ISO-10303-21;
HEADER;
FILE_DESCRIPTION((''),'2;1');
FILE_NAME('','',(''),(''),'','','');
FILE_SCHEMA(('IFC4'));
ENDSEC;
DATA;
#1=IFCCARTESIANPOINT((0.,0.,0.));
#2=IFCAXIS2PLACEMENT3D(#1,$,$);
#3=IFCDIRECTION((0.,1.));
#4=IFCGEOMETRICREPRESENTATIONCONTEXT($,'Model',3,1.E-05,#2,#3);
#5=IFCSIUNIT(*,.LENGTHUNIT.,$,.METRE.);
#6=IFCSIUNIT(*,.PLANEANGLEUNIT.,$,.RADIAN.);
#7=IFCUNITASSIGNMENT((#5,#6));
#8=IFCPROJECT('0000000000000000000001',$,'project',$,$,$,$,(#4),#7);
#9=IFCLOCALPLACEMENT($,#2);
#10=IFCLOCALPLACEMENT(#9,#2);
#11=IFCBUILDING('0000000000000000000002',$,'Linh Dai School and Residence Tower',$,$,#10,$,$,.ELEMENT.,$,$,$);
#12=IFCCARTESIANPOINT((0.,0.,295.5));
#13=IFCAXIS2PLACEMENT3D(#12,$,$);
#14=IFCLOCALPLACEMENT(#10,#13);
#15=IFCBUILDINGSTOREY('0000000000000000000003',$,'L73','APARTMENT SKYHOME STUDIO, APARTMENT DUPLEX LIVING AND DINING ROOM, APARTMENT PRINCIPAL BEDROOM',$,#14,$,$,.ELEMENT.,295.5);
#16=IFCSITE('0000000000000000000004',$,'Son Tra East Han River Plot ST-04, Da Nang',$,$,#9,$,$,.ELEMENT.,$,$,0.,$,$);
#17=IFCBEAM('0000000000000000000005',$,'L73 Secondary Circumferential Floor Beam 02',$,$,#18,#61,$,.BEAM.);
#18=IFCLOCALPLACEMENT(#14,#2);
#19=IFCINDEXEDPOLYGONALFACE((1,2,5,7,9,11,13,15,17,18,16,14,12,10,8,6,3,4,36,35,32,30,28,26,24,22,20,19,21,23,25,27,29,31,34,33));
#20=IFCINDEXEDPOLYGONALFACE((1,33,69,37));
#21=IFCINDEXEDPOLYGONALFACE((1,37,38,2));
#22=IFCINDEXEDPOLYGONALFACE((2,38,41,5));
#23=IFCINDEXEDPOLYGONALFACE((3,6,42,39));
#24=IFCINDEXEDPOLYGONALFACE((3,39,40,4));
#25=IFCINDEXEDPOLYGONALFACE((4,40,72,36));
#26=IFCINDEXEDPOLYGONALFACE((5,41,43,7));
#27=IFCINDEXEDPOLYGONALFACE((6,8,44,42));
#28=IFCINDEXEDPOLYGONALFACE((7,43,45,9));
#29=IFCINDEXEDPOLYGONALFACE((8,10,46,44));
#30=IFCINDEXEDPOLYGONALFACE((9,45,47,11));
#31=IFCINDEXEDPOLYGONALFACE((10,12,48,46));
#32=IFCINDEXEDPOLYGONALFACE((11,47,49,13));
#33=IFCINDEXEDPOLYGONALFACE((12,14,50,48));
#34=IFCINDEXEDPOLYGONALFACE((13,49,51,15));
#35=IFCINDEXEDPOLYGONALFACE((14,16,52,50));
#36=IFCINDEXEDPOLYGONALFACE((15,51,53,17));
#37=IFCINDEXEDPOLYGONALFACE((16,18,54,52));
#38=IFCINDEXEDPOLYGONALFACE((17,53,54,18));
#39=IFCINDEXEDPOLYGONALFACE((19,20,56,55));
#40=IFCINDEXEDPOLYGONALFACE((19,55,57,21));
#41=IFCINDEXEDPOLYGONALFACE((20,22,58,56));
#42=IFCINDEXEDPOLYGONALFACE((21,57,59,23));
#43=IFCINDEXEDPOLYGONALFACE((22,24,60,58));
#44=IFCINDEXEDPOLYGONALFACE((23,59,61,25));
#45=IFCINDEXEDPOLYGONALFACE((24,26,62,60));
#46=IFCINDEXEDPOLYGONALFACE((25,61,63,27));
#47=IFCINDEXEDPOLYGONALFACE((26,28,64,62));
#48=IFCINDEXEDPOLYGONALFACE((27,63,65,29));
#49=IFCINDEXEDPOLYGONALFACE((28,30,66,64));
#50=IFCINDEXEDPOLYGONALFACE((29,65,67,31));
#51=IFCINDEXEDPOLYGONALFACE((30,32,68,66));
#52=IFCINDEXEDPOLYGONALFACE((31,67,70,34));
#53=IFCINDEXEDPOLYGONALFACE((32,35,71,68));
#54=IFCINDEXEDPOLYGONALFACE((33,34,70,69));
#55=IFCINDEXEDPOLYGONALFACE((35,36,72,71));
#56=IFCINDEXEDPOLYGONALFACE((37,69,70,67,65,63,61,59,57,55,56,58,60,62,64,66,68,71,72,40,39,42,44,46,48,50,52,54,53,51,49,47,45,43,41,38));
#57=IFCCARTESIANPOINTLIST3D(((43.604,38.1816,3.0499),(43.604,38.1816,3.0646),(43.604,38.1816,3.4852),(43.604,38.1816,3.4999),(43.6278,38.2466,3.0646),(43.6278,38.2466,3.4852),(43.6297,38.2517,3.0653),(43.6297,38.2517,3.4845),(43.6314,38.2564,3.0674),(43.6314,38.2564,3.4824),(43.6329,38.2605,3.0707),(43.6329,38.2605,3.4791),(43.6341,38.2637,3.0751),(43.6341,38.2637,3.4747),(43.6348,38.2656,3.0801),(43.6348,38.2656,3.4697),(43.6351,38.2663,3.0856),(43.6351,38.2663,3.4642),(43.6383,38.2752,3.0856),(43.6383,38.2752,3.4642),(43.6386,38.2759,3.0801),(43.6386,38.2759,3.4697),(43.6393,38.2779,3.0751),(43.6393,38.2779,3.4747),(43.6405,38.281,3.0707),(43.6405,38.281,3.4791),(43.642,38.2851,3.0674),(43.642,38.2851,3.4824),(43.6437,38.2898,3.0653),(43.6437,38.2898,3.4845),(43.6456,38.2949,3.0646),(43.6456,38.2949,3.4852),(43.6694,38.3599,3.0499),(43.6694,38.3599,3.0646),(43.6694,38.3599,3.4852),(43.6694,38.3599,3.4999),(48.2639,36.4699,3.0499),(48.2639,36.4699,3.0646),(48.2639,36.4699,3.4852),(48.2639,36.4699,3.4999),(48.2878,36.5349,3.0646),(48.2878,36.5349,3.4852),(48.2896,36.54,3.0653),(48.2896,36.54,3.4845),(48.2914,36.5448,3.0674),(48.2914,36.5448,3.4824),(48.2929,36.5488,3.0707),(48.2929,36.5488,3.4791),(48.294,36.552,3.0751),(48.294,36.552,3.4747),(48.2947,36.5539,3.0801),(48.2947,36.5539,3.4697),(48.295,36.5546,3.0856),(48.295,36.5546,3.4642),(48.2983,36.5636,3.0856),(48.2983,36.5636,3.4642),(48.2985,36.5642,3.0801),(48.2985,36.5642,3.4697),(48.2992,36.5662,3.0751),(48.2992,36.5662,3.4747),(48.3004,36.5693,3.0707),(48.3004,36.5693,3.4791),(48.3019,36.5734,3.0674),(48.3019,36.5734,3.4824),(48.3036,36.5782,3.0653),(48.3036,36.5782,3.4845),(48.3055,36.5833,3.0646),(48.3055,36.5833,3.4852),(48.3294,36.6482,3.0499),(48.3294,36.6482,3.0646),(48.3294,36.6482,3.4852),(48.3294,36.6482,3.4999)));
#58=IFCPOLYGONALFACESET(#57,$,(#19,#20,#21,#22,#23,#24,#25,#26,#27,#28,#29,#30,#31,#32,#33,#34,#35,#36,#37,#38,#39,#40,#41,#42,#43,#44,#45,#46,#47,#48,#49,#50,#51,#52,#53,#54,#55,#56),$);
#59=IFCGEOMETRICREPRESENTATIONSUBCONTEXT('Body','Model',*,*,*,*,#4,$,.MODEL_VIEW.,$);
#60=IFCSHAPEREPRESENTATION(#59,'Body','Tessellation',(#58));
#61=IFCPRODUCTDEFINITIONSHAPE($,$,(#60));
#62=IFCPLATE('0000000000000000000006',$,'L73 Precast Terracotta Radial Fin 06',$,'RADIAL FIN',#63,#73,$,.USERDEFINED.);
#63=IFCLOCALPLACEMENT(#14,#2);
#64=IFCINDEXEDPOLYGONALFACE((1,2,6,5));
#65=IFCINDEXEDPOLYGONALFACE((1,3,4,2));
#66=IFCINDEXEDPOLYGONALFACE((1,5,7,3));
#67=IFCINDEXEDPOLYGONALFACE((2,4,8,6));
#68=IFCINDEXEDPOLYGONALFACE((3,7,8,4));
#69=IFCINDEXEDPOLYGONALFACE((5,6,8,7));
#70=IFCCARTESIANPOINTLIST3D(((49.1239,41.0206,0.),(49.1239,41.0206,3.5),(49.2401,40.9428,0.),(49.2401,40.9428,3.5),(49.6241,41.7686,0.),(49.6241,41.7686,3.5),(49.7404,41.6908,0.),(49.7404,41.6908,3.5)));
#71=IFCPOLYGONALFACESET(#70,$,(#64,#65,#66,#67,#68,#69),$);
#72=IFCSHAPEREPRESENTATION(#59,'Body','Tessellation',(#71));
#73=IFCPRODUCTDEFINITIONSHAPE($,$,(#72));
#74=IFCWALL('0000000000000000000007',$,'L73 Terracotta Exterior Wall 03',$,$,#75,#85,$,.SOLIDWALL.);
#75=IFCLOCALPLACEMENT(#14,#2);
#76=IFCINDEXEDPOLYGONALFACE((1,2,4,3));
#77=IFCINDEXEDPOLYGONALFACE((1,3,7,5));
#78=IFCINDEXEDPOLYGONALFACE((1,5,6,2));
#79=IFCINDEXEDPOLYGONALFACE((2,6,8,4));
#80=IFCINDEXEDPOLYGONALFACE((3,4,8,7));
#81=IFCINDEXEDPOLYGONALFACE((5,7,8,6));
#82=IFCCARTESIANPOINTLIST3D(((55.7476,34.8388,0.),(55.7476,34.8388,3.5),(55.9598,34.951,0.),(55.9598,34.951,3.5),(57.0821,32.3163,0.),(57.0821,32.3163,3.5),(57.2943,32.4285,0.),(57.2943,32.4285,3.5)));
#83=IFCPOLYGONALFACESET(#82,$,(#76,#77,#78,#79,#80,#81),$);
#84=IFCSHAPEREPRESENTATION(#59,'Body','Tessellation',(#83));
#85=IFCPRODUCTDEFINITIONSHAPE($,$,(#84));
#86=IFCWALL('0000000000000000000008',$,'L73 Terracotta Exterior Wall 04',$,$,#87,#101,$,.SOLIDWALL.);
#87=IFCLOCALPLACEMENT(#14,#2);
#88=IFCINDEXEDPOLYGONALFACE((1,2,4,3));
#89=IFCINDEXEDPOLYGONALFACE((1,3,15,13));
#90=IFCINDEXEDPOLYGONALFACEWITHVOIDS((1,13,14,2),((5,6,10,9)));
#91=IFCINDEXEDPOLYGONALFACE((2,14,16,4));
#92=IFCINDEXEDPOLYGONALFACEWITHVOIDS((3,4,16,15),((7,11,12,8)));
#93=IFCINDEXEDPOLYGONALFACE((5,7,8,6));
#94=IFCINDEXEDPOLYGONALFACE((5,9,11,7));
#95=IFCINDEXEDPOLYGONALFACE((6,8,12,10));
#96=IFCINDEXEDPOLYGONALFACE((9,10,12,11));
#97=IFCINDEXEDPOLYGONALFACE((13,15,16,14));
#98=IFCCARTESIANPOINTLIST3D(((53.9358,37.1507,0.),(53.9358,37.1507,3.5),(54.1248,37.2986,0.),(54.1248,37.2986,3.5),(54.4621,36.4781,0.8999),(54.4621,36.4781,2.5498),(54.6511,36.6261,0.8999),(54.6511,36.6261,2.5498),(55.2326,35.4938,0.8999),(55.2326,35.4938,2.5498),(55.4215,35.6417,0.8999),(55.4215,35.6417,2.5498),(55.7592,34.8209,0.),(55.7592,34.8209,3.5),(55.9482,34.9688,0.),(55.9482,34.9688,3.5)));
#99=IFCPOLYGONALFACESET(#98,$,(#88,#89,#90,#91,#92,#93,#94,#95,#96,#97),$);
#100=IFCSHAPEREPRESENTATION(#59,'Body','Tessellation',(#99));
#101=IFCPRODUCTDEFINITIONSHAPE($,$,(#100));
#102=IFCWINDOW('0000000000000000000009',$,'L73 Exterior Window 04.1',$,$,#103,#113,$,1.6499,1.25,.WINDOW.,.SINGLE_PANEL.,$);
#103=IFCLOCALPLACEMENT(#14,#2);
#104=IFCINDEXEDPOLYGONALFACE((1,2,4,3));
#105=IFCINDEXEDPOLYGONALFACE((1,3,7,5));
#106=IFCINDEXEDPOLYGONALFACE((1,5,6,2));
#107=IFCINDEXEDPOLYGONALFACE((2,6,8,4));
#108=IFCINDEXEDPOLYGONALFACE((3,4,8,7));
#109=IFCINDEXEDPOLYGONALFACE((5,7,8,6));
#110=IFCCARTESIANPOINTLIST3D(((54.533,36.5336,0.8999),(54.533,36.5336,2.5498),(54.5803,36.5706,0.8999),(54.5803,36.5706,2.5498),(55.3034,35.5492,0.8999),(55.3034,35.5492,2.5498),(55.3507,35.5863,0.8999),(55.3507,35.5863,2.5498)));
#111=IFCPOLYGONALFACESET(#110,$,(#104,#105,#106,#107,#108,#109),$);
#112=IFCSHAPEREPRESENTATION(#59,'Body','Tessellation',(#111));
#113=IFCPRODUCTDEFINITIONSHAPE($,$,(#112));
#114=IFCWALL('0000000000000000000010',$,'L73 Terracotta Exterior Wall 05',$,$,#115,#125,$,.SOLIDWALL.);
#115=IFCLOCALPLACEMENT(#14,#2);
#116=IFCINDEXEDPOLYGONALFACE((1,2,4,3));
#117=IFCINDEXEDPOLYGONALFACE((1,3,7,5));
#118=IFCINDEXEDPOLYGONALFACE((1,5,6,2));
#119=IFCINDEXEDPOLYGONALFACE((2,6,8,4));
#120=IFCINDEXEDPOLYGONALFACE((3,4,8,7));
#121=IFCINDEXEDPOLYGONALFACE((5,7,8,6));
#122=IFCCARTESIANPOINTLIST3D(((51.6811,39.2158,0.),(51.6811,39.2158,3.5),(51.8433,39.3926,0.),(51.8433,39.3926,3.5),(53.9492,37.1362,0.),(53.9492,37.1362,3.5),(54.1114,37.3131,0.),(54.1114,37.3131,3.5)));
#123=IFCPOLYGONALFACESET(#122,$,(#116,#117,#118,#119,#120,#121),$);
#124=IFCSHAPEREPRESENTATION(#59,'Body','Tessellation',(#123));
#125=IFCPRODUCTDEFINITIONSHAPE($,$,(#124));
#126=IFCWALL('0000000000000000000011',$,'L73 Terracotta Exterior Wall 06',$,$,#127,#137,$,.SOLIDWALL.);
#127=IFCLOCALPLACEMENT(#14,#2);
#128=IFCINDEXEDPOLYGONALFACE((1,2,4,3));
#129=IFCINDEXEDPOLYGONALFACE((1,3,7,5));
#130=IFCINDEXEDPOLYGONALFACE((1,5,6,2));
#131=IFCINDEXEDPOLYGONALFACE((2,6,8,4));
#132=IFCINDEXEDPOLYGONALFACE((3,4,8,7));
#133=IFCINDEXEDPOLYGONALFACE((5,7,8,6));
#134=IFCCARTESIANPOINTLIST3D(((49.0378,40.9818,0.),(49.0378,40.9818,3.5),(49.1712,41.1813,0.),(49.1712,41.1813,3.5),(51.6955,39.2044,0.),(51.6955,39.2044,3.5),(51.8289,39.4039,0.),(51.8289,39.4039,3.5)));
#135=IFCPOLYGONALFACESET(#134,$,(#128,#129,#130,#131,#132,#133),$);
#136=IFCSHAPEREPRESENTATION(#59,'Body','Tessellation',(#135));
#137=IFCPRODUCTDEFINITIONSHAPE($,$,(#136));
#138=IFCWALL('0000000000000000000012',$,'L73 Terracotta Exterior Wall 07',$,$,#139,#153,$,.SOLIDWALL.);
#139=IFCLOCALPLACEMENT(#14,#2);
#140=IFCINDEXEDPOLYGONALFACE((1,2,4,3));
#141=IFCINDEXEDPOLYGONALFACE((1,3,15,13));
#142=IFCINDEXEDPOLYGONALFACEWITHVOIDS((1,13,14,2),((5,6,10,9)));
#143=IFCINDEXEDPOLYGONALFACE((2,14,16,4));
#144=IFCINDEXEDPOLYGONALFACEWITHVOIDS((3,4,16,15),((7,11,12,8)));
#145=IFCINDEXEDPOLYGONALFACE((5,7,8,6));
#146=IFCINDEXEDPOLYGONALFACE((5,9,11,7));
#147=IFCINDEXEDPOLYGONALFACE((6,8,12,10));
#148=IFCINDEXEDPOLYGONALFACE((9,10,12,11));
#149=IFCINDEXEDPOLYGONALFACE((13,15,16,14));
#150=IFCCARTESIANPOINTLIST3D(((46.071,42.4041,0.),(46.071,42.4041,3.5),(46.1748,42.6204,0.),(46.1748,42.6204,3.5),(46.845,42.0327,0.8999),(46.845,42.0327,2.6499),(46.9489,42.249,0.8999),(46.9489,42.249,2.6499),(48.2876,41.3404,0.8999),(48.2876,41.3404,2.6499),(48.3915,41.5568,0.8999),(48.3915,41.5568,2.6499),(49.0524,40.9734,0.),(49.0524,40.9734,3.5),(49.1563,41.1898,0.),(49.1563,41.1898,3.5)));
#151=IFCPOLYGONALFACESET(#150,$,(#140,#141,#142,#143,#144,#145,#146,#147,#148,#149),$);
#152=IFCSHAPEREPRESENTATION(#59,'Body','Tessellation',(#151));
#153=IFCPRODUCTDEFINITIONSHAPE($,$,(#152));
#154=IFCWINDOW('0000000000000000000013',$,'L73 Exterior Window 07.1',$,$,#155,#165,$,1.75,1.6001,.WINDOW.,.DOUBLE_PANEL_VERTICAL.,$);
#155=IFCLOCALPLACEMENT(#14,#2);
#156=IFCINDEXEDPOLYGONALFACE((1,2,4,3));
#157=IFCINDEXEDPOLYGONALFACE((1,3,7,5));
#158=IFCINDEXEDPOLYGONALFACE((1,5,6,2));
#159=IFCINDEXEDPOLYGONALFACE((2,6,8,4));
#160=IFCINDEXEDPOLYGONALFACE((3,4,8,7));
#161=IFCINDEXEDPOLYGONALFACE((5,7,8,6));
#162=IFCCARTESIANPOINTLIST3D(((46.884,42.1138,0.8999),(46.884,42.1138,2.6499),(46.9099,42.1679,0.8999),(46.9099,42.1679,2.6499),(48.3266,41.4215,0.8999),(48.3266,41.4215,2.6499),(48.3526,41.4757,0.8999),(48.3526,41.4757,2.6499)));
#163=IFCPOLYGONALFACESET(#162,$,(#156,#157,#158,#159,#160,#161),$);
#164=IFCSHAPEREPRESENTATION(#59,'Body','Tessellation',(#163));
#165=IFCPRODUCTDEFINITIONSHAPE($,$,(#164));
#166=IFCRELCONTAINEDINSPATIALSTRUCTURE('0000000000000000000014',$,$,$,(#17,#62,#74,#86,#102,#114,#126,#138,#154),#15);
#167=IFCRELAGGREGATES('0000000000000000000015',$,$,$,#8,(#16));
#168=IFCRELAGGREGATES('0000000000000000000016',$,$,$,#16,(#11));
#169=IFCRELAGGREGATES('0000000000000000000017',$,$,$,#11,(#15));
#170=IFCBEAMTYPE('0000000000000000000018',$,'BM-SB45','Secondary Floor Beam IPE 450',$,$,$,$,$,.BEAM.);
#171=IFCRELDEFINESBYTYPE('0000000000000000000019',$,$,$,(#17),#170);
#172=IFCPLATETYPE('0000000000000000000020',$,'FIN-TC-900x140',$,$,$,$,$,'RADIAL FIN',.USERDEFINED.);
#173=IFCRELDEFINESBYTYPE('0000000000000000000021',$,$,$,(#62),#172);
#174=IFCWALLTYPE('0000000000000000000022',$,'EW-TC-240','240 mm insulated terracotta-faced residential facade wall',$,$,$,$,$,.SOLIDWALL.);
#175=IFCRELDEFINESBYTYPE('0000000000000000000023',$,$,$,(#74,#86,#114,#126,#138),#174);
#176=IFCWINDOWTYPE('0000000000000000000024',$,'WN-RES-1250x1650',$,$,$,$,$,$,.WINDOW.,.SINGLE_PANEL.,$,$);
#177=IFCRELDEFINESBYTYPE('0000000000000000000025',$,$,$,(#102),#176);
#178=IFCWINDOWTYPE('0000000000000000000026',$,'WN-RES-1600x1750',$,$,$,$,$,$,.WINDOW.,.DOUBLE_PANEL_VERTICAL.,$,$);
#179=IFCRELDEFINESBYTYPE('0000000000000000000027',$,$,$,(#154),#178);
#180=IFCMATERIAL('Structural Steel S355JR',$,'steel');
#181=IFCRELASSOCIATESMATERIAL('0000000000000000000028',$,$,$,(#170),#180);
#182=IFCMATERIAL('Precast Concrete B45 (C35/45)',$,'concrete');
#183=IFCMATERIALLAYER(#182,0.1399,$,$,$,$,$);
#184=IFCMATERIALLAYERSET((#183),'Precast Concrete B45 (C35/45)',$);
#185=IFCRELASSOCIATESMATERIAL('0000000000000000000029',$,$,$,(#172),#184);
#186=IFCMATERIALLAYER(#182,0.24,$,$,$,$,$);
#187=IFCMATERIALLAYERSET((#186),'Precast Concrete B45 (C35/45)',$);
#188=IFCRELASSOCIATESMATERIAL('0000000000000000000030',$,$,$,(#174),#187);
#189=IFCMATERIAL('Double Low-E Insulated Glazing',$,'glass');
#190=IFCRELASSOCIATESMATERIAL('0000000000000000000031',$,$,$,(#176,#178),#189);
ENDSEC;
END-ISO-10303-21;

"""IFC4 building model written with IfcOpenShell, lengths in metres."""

from ifc_helpers import new_model, si_unit, direction, frame, frame_2d, origin, origin_2d, place, context, subcontext, project, spatial, rectangle, i_section, extrude, source, transform, mapped, material, layer, layer_set, material_profile, profile_set, type_object, element, fill, save


model = new_model("IFC4")

# Units and contexts
model_context = context("Model", 3, precision=1e-05, world=origin(), true_north=direction((0.0, 1.0)))
body_context = subcontext(model_context, "Body", "Model", "MODEL_VIEW")
ifc_project = project(units=[si_unit("LENGTHUNIT", "METRE"), si_unit("PLANEANGLEUNIT", "RADIAN")], contexts=[model_context])

# Site, building, storey
site_placement = place(None, origin())
site = spatial("IfcSite", under=ifc_project, at=site_placement, Name="Son Tra East Han River Plot ST-04, Da Nang", CompositionType="ELEMENT", RefElevation=0.0)
building_placement = place(site_placement, origin())
building = spatial("IfcBuilding", under=site, at=building_placement, Name="Linh Dai School and Residence Tower", CompositionType="ELEMENT")
storey_placement = place(building_placement, frame((0.0, 0.0, 295.5)))
storey = spatial("IfcBuildingStorey", under=building, at=storey_placement, Name="L73", Description="APARTMENT SKYHOME STUDIO, APARTMENT DUPLEX LIVING AND DINING ROOM, APARTMENT PRINCIPAL BEDROOM", CompositionType="ELEMENT", Elevation=295.5)

# Shared definitions
ifc_material_1 = material(Name="Structural Steel S355JR", Category="steel")

# Beam
ifc_material_profile_1 = material_profile(ifc_material_1, i_section(OverallWidth=0.1899, OverallDepth=0.45, WebThickness=0.0095, FlangeThickness=0.0146, FilletRadius=0.021, at=origin_2d()), Name="IPE 450")
ifc_profile_set_1 = profile_set([ifc_material_profile_1], Name="Structural Steel S355JR")
beam_type_1 = type_object("IfcBeamType", Name="BM-SB45", Description="Secondary Floor Beam IPE 450", PredefinedType="BEAM", material=ifc_profile_set_1)
beam_1_placement = place(storey_placement, frame((48.2966, 36.5591, 3.2749), z_axis=(-0.938679, 0.344794, 0.0), x_axis=(-0.344794, -0.938679, 0.0)))
element("IfcBeam", 1, at=beam_1_placement, inside=storey, type_object=beam_type_1, Name="L73 Secondary Circumferential Floor Beam 02", PredefinedType="BEAM", context=body_context, shape_type="SweptSolid", body=[
    extrude(i_section(OverallWidth=0.1899, OverallDepth=0.45, WebThickness=0.0095, FlangeThickness=0.0146, FilletRadius=0.021, at=origin_2d()), origin(), (0.0, 0.0, 1.0), 4.9644),
])

# Plate
ifc_material_2 = material(Name="Precast Concrete B45 (C35/45)", Category="concrete")
ifc_layer_1 = layer(ifc_material_2, 0.1399)
ifc_layer_set_1 = layer_set([ifc_layer_1], Name="Precast Concrete B45 (C35/45)")
plate_type = type_object("IfcPlateType", Name="FIN-TC-900x140", ElementType="RADIAL FIN", PredefinedType="USERDEFINED", material=ifc_layer_set_1)
shared_shape_1 = source(origin(), body_context, "Body", "SweptSolid", [
    extrude(rectangle(XDim=0.8999, YDim=0.1399, at=origin_2d()), origin(), (0.0, 0.0, 1.0), 3.5),
])
plate_placement = place(storey_placement, frame((49.4321, 41.3557, 0.0), z_axis=(0.0, 0.0, 1.0), x_axis=(0.555908, 0.831244, 0.0)))
element("IfcPlate", 2, at=plate_placement, inside=storey, type_object=plate_type, Name="L73 Precast Terracotta Radial Fin 06", ObjectType="RADIAL FIN", PredefinedType="USERDEFINED", context=body_context, shape_type="MappedRepresentation", body=[
    mapped(shared_shape_1, transform((0.0, 0.0, 0.0), x_axis=(1.0, 0.0, 0.0), y_axis=(0.0, 1.0, 0.0), z_axis=(0.0, 0.0, 1.0), scale=1.0)),
])

# Wall
ifc_layer_2 = layer(ifc_material_2, 0.24)
ifc_layer_set_2 = layer_set([ifc_layer_2], Name="Precast Concrete B45 (C35/45)")
wall_type_1 = type_object("IfcWallType", Name="EW-TC-240", Description="240 mm insulated terracotta-faced residential facade wall", PredefinedType="SOLIDWALL", material=ifc_layer_set_2)
wall_1_placement = place(storey_placement, frame((55.8538, 34.8948, 0.0), z_axis=(0.0, 0.0, 1.0), x_axis=(0.467628, -0.883925, 0.0)))
element("IfcWall", 3, at=wall_1_placement, inside=storey, type_object=wall_type_1, Name="L73 Terracotta Exterior Wall 03", PredefinedType="SOLIDWALL", context=body_context, shape_type="SweptSolid", body=[
    extrude(rectangle(XDim=2.8538, YDim=0.24, at=frame_2d((1.4268, 0.0))), origin(), (0.0, 0.0, 1.0), 3.5),
])

# Wall, opening, window
wall_2_placement = place(storey_placement, frame((54.0303, 37.2246, 0.0), z_axis=(0.0, 0.0, 1.0), x_axis=(0.616337, -0.787482, 0.0)))
wall_2 = element("IfcWall", 4, at=wall_2_placement, inside=storey, type_object=wall_type_1, Name="L73 Terracotta Exterior Wall 04", PredefinedType="SOLIDWALL", context=body_context, shape_type="SweptSolid", body=[
    extrude(rectangle(XDim=2.9585, YDim=0.24, at=frame_2d((1.4792, 0.0))), origin(), (0.0, 0.0, 1.0), 3.5),
])
opening_1_placement = place(wall_2_placement, frame((0.854, 0.0, 0.8999)))
opening_1 = element("IfcOpeningElement", 5, at=opening_1_placement, cuts=wall_2, PredefinedType="OPENING", context=body_context, shape_type="SweptSolid", body=[
    extrude(rectangle(XDim=1.25, YDim=1.6499, at=origin_2d()), frame((0.625, 0.1299, 0.825), z_axis=(0.0, -1.0, 0.0), x_axis=(1.0, 0.0, 0.0)), (0.0, 0.0, 1.0), 0.26),
])
ifc_material_3 = material(Name="Double Low-E Insulated Glazing", Category="glass")
window_type_1 = type_object("IfcWindowType", Name="WN-RES-1250x1650", PartitioningType="SINGLE_PANEL", PredefinedType="WINDOW", material=ifc_material_3)
shared_shape_2 = source(origin(), body_context, "Body", "SweptSolid", [
    extrude(rectangle(XDim=1.25, YDim=1.6499, at=origin_2d()), frame((0.625, 0.03, 0.825), z_axis=(0.0, -1.0, 0.0), x_axis=(1.0, 0.0, 0.0)), (0.0, 0.0, 1.0), 0.0601),
])
window_1_placement = place(opening_1_placement, origin())
window_1 = element("IfcWindow", 6, at=window_1_placement, inside=storey, type_object=window_type_1, Name="L73 Exterior Window 04.1", OverallHeight=1.6499, OverallWidth=1.25, PartitioningType="SINGLE_PANEL", PredefinedType="WINDOW", context=body_context, shape_type="MappedRepresentation", body=[
    mapped(shared_shape_2, transform((0.0, 0.0, 0.0), x_axis=(1.0, 0.0, 0.0), y_axis=(0.0, 1.0, 0.0), z_axis=(0.0, 0.0, 1.0), scale=1.0)),
])
fill(opening_1, window_1)

# Walls
wall_3_placement = place(storey_placement, frame((51.7622, 39.3042, 0.0), z_axis=(0.0, 0.0, 1.0), x_axis=(0.737069, -0.675818, 0.0)))
element("IfcWall", 7, at=wall_3_placement, inside=storey, type_object=wall_type_1, Name="L73 Terracotta Exterior Wall 05", PredefinedType="SOLIDWALL", context=body_context, shape_type="SweptSolid", body=[
    extrude(rectangle(XDim=3.0771, YDim=0.24, at=frame_2d((1.5386, 0.0))), origin(), (0.0, 0.0, 1.0), 3.5),
])
wall_4_placement = place(storey_placement, frame((49.1045, 41.0815, 0.0), z_axis=(0.0, 0.0, 1.0), x_axis=(0.831251, -0.555898, 0.0)))
element("IfcWall", 8, at=wall_4_placement, inside=storey, type_object=wall_type_1, Name="L73 Terracotta Exterior Wall 06", PredefinedType="SOLIDWALL", context=body_context, shape_type="SweptSolid", body=[
    extrude(rectangle(XDim=3.1973, YDim=0.24, at=frame_2d((1.5986, 0.0))), origin(), (0.0, 0.0, 1.0), 3.5),
])

# Wall, opening, window
wall_5_placement = place(storey_placement, frame((46.123, 42.5122, 0.0), z_axis=(0.0, 0.0, 1.0), x_axis=(0.901574, -0.432625, 0.0)))
wall_5 = element("IfcWall", 9, at=wall_5_placement, inside=storey, type_object=wall_type_1, Name="L73 Terracotta Exterior Wall 07", PredefinedType="SOLIDWALL", context=body_context, shape_type="SweptSolid", body=[
    extrude(rectangle(XDim=3.3069, YDim=0.24, at=frame_2d((1.6533, 0.0))), origin(), (0.0, 0.0, 1.0), 3.5),
])
opening_2_placement = place(wall_5_placement, frame((0.8584, 0.0, 0.8999)))
opening_2 = element("IfcOpeningElement", 10, at=opening_2_placement, cuts=wall_5, PredefinedType="OPENING", context=body_context, shape_type="SweptSolid", body=[
    extrude(rectangle(XDim=1.6001, YDim=1.75, at=origin_2d()), frame((0.8, 0.1299, 0.875), z_axis=(0.0, -1.0, 0.0), x_axis=(1.0, 0.0, 0.0)), (0.0, 0.0, 1.0), 0.26),
])
window_type_2 = type_object("IfcWindowType", Name="WN-RES-1600x1750", PartitioningType="DOUBLE_PANEL_VERTICAL", PredefinedType="WINDOW", material=ifc_material_3)
shared_shape_3 = source(origin(), body_context, "Body", "SweptSolid", [
    extrude(rectangle(XDim=1.6001, YDim=1.75, at=origin_2d()), frame((0.8, 0.03, 0.875), z_axis=(0.0, -1.0, 0.0), x_axis=(1.0, 0.0, 0.0)), (0.0, 0.0, 1.0), 0.0601),
])
window_2_placement = place(opening_2_placement, origin())
window_2 = element("IfcWindow", 11, at=window_2_placement, inside=storey, type_object=window_type_2, Name="L73 Exterior Window 07.1", OverallHeight=1.75, OverallWidth=1.6001, PartitioningType="DOUBLE_PANEL_VERTICAL", PredefinedType="WINDOW", context=body_context, shape_type="MappedRepresentation", body=[
    mapped(shared_shape_3, transform((0.0, 0.0, 0.0), x_axis=(1.0, 0.0, 0.0), y_axis=(0.0, 1.0, 0.0), z_axis=(0.0, 0.0, 1.0), scale=1.0)),
])
fill(opening_2, window_2)

save(model, "model.ifc")
